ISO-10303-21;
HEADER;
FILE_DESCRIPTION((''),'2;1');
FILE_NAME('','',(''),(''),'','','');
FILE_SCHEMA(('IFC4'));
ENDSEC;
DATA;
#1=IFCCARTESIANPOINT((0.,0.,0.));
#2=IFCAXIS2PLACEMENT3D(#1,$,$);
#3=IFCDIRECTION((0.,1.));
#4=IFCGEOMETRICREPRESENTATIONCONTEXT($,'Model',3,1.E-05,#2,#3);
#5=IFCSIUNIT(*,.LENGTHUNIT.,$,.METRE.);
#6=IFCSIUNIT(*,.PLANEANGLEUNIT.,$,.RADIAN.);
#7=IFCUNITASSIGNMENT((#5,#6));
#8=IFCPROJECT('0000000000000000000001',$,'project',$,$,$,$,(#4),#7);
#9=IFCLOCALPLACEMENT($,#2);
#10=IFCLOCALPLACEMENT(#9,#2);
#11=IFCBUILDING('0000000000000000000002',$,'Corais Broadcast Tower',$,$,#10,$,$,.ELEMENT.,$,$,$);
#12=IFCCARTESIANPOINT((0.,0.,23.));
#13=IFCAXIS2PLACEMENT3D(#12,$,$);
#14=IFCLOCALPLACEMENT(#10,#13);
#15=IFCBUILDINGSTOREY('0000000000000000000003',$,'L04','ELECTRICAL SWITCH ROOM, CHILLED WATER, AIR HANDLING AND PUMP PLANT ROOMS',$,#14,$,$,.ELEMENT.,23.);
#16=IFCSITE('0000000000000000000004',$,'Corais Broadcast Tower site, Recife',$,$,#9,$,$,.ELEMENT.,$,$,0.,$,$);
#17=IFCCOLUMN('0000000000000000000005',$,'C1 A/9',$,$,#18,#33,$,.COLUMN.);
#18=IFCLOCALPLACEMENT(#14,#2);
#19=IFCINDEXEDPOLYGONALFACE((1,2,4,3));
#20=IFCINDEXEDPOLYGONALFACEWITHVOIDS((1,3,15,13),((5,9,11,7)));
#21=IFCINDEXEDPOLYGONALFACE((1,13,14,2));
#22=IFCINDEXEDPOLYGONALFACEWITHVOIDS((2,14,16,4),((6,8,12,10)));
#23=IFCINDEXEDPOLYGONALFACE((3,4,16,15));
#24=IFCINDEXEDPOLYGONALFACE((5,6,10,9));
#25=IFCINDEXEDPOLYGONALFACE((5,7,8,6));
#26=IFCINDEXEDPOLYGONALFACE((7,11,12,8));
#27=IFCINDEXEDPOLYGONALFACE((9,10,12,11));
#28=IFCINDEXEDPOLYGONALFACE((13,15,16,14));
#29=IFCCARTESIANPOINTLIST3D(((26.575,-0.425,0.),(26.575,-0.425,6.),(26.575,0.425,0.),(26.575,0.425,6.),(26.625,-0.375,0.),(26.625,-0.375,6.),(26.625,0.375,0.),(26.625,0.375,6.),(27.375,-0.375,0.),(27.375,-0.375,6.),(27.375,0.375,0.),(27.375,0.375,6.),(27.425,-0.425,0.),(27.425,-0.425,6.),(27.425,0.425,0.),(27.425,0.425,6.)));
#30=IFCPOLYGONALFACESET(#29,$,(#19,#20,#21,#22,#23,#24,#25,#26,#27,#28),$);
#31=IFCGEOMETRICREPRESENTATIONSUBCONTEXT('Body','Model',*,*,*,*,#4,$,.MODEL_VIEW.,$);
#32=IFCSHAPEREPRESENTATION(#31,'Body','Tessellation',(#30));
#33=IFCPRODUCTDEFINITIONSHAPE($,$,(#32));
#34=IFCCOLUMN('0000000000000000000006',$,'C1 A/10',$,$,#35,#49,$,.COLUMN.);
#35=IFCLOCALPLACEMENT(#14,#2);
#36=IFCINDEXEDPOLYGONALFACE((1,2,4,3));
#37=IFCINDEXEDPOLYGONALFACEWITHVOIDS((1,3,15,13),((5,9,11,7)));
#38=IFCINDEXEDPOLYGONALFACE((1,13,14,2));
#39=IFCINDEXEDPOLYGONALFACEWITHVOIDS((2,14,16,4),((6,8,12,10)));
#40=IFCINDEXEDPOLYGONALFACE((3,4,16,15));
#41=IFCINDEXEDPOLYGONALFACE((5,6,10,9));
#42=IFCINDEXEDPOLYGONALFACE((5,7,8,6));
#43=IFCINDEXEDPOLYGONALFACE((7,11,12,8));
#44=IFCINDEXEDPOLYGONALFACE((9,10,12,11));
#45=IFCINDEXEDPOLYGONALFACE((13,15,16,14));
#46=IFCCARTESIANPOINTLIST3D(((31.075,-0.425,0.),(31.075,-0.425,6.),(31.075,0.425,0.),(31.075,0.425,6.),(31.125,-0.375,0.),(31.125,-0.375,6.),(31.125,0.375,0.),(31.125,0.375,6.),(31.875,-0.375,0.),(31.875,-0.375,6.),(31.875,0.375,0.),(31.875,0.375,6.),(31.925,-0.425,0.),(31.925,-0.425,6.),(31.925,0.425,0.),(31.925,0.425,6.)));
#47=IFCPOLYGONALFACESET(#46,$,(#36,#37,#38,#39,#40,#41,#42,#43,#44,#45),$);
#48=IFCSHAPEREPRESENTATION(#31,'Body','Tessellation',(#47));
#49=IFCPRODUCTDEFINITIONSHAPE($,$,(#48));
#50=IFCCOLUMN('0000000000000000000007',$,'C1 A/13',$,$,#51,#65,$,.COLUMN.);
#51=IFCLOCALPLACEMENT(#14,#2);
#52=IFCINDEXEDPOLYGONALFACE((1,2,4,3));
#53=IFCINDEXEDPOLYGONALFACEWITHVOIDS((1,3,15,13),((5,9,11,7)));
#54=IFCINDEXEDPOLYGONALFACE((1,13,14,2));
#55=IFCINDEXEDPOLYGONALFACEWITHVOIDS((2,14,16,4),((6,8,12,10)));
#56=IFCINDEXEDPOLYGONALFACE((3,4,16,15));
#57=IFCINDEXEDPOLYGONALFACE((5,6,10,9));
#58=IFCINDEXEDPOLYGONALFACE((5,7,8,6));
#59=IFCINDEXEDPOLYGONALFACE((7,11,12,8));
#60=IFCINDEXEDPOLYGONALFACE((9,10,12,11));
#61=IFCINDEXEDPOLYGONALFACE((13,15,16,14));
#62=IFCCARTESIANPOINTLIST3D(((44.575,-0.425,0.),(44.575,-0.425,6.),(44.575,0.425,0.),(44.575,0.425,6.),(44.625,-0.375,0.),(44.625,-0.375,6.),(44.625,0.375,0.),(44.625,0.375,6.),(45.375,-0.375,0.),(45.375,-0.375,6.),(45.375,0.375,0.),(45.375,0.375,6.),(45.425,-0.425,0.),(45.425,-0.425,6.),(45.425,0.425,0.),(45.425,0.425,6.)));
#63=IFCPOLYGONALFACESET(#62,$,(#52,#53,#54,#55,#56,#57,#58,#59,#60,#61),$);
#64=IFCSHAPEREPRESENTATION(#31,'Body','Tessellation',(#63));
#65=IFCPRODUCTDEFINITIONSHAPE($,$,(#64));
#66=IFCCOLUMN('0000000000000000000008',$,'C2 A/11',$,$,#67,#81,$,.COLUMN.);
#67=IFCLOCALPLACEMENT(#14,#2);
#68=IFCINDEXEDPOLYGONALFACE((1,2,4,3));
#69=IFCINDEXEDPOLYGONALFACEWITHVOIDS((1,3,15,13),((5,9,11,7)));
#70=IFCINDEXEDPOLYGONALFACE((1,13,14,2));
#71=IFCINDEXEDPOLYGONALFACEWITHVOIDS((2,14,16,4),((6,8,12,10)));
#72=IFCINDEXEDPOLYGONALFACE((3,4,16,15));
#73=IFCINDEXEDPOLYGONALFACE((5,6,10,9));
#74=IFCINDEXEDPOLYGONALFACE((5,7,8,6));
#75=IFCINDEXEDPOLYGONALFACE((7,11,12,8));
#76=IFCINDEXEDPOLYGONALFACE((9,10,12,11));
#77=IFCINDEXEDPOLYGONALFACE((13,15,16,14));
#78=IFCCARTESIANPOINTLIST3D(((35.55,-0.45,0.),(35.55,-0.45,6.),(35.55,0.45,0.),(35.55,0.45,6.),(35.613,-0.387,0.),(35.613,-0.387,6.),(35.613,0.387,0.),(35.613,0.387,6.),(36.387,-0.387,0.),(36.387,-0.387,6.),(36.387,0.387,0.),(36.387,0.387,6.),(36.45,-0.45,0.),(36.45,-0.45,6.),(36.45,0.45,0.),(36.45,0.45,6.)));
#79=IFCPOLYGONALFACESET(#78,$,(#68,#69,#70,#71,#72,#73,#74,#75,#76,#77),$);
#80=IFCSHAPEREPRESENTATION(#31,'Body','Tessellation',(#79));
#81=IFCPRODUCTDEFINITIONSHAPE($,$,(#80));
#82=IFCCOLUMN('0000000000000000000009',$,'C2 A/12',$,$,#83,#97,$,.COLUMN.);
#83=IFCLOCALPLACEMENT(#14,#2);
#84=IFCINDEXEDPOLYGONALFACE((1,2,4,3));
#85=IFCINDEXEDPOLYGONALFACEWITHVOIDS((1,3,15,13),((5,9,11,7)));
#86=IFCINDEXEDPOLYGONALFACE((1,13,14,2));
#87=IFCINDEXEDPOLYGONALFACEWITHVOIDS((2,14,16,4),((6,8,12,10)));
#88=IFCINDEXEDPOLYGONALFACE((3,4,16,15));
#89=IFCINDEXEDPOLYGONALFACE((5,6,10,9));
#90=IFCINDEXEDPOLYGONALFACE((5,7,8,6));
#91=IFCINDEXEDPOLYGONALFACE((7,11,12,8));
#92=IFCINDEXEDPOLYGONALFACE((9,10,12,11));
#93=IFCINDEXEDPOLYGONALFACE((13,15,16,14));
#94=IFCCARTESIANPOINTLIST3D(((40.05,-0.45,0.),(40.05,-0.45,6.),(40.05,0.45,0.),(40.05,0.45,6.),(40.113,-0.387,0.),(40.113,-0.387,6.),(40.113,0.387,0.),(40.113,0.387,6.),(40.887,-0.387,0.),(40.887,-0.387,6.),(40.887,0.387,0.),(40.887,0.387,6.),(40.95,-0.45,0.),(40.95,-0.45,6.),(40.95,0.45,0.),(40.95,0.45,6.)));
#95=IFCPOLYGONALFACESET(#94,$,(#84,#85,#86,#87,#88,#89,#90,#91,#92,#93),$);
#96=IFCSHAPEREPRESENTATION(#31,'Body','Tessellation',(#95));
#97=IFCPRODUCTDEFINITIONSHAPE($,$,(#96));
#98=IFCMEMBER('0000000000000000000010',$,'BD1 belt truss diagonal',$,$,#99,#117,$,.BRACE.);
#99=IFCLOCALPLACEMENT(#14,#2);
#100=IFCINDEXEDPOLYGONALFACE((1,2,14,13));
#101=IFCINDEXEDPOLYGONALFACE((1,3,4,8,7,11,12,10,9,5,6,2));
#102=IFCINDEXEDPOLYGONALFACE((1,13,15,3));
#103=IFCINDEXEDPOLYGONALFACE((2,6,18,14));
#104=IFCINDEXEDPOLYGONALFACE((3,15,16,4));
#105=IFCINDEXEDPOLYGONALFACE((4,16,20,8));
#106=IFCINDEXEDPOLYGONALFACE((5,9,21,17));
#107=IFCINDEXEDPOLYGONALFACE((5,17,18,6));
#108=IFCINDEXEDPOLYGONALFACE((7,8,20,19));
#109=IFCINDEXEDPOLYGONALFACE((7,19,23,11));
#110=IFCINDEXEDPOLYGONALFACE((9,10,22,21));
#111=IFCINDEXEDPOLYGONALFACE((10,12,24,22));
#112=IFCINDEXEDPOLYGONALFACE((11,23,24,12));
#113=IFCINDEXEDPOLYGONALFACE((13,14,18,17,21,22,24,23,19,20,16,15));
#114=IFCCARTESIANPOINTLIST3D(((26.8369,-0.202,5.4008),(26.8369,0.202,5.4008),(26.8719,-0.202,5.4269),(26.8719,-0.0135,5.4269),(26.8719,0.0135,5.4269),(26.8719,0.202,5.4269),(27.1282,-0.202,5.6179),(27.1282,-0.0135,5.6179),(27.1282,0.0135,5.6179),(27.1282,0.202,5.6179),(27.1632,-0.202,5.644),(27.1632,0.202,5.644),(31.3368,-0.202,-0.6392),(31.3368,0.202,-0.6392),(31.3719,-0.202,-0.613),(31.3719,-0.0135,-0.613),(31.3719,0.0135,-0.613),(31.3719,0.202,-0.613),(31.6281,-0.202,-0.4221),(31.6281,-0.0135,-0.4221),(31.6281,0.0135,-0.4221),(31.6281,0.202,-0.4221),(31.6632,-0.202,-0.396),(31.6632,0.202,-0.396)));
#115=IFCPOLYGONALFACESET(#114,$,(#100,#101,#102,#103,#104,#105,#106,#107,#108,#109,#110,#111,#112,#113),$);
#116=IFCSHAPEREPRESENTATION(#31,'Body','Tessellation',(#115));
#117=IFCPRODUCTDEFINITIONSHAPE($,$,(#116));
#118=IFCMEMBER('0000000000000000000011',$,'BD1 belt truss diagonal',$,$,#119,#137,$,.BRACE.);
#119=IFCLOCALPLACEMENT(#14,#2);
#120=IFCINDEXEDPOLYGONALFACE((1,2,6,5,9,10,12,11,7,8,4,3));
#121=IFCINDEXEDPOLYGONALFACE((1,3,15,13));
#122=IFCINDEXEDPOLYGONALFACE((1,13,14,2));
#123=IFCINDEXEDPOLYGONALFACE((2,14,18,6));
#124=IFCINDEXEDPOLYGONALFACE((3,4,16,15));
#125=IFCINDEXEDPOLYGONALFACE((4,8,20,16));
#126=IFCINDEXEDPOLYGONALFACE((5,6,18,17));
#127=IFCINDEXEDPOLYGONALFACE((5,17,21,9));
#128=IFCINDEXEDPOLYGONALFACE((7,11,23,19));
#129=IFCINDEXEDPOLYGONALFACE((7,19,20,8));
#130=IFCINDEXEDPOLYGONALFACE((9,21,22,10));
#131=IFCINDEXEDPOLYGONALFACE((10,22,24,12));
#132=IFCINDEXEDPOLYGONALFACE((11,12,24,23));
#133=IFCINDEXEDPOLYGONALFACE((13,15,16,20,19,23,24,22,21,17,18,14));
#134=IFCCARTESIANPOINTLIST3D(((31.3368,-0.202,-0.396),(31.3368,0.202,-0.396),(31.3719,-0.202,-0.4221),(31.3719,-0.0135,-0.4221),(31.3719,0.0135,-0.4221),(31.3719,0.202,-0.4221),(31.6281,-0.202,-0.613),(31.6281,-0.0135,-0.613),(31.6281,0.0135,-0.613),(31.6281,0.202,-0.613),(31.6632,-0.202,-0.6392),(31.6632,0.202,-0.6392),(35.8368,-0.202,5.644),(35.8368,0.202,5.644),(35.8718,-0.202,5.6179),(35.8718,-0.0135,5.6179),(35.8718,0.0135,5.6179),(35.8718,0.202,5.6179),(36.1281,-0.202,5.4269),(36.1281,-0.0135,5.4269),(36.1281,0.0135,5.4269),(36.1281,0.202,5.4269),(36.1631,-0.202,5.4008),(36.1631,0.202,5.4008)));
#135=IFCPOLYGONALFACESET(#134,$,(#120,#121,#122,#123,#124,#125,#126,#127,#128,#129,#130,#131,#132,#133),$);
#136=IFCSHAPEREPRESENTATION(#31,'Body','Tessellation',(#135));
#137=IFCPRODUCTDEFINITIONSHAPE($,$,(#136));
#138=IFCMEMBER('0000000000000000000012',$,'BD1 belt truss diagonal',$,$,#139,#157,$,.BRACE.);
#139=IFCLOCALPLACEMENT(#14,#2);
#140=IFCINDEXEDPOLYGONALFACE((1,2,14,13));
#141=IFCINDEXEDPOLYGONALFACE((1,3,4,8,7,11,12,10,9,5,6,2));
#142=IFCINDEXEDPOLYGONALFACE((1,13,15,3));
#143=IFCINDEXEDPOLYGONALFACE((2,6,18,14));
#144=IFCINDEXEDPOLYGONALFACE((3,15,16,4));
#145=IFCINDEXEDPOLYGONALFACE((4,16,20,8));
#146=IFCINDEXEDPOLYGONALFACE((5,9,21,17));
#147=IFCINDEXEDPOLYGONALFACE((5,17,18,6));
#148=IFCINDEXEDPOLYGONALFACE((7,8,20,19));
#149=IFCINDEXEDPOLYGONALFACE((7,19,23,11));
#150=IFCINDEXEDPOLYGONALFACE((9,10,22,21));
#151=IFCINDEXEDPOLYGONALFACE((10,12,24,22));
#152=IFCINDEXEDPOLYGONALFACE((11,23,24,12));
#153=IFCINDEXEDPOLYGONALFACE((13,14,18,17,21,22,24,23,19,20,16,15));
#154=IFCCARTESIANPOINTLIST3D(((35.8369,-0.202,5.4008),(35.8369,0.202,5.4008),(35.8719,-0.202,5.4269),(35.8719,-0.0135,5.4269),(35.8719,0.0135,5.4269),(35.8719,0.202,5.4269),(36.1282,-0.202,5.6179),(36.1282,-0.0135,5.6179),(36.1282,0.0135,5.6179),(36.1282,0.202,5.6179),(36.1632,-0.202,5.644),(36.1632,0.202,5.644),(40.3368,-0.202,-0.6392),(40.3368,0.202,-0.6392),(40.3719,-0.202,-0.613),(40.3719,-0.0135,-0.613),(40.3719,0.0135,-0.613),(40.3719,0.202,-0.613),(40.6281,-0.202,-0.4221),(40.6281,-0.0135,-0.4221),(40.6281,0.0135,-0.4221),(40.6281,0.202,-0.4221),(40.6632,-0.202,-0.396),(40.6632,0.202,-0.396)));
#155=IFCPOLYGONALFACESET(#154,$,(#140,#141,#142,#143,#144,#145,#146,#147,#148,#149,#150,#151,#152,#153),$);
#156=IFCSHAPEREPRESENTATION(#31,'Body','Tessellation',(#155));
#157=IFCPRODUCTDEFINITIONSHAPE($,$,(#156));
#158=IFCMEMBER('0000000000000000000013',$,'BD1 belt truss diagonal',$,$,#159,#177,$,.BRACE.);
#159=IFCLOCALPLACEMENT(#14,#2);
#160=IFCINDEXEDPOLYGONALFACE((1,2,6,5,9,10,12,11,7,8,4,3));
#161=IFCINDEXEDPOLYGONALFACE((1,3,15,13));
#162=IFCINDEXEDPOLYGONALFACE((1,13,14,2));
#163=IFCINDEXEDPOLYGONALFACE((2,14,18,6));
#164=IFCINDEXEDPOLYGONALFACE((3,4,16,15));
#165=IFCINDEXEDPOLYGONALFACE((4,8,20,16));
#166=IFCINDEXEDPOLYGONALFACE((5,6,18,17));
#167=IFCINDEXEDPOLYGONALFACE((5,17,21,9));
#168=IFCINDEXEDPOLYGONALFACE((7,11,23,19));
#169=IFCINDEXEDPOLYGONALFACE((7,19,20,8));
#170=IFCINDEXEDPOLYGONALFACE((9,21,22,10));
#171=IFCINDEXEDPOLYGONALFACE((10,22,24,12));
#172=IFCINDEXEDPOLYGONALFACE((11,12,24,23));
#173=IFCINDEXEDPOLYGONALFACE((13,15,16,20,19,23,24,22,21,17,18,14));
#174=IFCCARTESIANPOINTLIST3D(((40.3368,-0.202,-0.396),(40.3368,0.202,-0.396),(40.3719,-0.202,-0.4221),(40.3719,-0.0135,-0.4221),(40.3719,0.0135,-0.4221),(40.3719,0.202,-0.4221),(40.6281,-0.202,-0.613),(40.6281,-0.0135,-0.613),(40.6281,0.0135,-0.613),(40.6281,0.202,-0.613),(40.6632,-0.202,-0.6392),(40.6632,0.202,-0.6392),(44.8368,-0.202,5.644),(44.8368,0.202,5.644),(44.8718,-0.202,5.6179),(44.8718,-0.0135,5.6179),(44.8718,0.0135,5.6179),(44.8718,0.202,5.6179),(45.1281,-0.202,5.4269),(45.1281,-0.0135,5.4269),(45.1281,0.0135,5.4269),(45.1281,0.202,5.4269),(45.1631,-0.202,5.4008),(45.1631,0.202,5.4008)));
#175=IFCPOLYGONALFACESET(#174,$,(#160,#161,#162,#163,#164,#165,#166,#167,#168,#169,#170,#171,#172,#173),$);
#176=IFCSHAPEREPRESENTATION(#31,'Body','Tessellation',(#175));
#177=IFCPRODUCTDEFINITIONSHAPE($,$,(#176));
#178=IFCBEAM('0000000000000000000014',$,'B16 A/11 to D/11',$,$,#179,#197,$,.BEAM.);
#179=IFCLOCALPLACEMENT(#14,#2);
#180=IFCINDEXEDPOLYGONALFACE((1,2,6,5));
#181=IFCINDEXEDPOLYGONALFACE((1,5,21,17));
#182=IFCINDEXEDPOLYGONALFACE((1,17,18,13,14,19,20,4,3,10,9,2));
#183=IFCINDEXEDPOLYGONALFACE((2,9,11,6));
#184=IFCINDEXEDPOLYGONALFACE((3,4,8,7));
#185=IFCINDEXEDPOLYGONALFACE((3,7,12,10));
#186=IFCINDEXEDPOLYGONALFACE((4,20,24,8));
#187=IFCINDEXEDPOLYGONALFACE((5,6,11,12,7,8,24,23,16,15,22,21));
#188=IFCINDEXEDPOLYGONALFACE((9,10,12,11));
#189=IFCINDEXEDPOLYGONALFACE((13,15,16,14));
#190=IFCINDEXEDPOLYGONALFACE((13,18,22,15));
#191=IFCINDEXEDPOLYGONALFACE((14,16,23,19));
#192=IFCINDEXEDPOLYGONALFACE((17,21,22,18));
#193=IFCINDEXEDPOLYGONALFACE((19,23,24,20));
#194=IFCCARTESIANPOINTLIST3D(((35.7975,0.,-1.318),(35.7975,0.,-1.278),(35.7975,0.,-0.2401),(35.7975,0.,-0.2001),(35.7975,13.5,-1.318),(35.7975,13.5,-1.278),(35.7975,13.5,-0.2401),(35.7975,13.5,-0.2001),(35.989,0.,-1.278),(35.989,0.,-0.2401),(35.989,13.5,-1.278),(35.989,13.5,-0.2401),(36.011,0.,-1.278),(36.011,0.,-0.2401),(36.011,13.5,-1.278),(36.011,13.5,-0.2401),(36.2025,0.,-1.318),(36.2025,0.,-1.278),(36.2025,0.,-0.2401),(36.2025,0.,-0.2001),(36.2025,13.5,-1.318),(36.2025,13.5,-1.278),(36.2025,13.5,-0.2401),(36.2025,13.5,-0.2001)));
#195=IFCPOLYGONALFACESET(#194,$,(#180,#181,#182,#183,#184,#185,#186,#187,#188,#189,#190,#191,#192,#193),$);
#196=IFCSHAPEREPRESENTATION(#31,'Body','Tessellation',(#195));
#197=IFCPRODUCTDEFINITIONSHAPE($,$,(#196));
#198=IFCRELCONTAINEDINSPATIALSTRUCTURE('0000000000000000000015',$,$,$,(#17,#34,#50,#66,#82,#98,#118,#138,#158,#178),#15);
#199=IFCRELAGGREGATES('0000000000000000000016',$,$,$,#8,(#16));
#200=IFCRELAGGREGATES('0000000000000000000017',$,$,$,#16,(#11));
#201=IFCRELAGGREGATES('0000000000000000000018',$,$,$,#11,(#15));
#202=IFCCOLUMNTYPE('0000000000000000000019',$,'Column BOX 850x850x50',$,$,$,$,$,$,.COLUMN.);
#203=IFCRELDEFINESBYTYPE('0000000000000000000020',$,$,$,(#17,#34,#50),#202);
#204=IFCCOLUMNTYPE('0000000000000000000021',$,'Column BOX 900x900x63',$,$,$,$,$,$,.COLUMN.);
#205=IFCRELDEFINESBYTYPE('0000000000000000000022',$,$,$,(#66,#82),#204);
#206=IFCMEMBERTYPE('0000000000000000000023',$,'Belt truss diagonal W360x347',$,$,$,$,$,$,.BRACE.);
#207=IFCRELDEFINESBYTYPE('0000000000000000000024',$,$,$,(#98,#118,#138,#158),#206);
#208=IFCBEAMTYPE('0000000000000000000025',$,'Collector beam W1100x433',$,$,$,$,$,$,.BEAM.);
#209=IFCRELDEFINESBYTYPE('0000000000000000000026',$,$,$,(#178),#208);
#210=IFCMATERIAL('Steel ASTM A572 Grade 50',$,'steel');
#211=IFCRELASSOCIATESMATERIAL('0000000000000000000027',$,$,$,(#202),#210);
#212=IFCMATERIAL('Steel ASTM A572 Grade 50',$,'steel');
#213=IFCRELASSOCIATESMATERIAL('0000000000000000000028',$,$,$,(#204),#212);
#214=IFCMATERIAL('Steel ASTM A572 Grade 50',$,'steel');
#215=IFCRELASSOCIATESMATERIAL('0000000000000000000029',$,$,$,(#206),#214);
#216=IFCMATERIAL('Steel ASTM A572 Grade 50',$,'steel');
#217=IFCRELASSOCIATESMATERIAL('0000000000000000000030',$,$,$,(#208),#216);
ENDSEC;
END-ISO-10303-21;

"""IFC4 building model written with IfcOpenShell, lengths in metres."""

from ifc_helpers import new_model, si_unit, direction, frame, origin, origin_2d, place, context, subcontext, project, spatial, hollow_rectangle, i_section, extrude, material, material_profile, profile_set, type_object, element, save


model = new_model("IFC4")

# Units and contexts
model_context = context("Model", 3, precision=1e-05, world=origin(), true_north=direction((0.0, 1.0)))
body_context = subcontext(model_context, "Body", "Model", "MODEL_VIEW")
ifc_project = project(units=[si_unit("LENGTHUNIT", "METRE"), si_unit("PLANEANGLEUNIT", "RADIAN")], contexts=[model_context])

# Site, building, storey
site_placement = place(None, origin())
site = spatial("IfcSite", under=ifc_project, at=site_placement, Name="Corais Broadcast Tower site, Recife", CompositionType="ELEMENT", RefElevation=0.0)
building_placement = place(site_placement, origin())
building = spatial("IfcBuilding", under=site, at=building_placement, Name="Corais Broadcast Tower", CompositionType="ELEMENT")
storey_placement = place(building_placement, frame((0.0, 0.0, 23.0)))
storey = spatial("IfcBuildingStorey", under=building, at=storey_placement, Name="L04", Description="ELECTRICAL SWITCH ROOM, CHILLED WATER, AIR HANDLING AND PUMP PLANT ROOMS", CompositionType="ELEMENT", Elevation=23.0)

# Columns
ifc_material_1 = material(Name="Steel ASTM A572 Grade 50", Category="steel")
ifc_material_profile_1 = material_profile(ifc_material_1, hollow_rectangle(XDim=0.8501, YDim=0.8501, WallThickness=0.05, at=origin_2d()), Name="BOX 850x850x50")
ifc_profile_set_1 = profile_set([ifc_material_profile_1], Name="Steel ASTM A572 Grade 50")
column_type_1 = type_object("IfcColumnType", Name="Column BOX 850x850x50", PredefinedType="COLUMN", material=ifc_profile_set_1)
for number, where, z_axis, x_axis, name in (
    (1, (27.0, 0.0, 0.0), (0.0, 0.0, 1.0), (1.0, 0.0, 0.0), "C1 A/9"),
    (2, (31.5, 0.0, 0.0), (0.0, 0.0, 1.0), (1.0, 0.0, 0.0), "C1 A/10"),
    (3, (45.0, 0.0, 0.0), (0.0, 0.0, 1.0), (1.0, 0.0, 0.0), "C1 A/13"),
):
    element("IfcColumn", number, at=place(storey_placement, frame(where, z_axis=z_axis, x_axis=x_axis)), inside=storey, type_object=column_type_1, Name=name, PredefinedType="COLUMN", context=body_context, shape_type="SweptSolid", body=[
        extrude(hollow_rectangle(XDim=0.8501, YDim=0.8501, WallThickness=0.05, at=origin_2d()), origin(), (0.0, 0.0, 1.0), 6.0),
    ])
ifc_material_2 = material(Name="Steel ASTM A572 Grade 50", Category="steel")
ifc_material_profile_2 = material_profile(ifc_material_2, hollow_rectangle(XDim=0.8999, YDim=0.8999, WallThickness=0.063, at=origin_2d()), Name="BOX 900x900x63")
ifc_profile_set_2 = profile_set([ifc_material_profile_2], Name="Steel ASTM A572 Grade 50")
column_type_2 = type_object("IfcColumnType", Name="Column BOX 900x900x63", PredefinedType="COLUMN", material=ifc_profile_set_2)
for number, where, z_axis, x_axis, name in (
    (4, (36.0, 0.0, 0.0), (0.0, 0.0, 1.0), (1.0, 0.0, 0.0), "C2 A/11"),
    (5, (40.5, 0.0, 0.0), (0.0, 0.0, 1.0), (1.0, 0.0, 0.0), "C2 A/12"),
):
    element("IfcColumn", number, at=place(storey_placement, frame(where, z_axis=z_axis, x_axis=x_axis)), inside=storey, type_object=column_type_2, Name=name, PredefinedType="COLUMN", context=body_context, shape_type="SweptSolid", body=[
        extrude(hollow_rectangle(XDim=0.8999, YDim=0.8999, WallThickness=0.063, at=origin_2d()), origin(), (0.0, 0.0, 1.0), 6.0),
    ])

# Members
ifc_material_3 = material(Name="Steel ASTM A572 Grade 50", Category="steel")
ifc_material_profile_3 = material_profile(ifc_material_3, i_section(OverallWidth=0.4041, OverallDepth=0.407, WebThickness=0.0271, FlangeThickness=0.0437, at=origin_2d()), Name="W360x347")
ifc_profile_set_3 = profile_set([ifc_material_profile_3], Name="Steel ASTM A572 Grade 50")
member_type = type_object("IfcMemberType", Name="Belt truss diagonal W360x347", PredefinedType="BRACE", material=ifc_profile_set_3)
for number, where, z_axis, x_axis, name in (
    (6, (31.5, 0.0, -0.5176), (-0.597445, 0.0, 0.80191), (0.0, -1.0, 0.0), "BD1 belt truss diagonal"),
    (7, (31.5, 0.0, -0.5176), (0.597445, 0.0, 0.80191), (0.0, 1.0, 0.0), "BD1 belt truss diagonal"),
    (8, (40.5, 0.0, -0.5176), (-0.597445, 0.0, 0.80191), (0.0, -1.0, 0.0), "BD1 belt truss diagonal"),
    (9, (40.5, 0.0, -0.5176), (0.597445, 0.0, 0.80191), (0.0, 1.0, 0.0), "BD1 belt truss diagonal"),
):
    element("IfcMember", number, at=place(storey_placement, frame(where, z_axis=z_axis, x_axis=x_axis)), inside=storey, type_object=member_type, Name=name, PredefinedType="BRACE", context=body_context, shape_type="SweptSolid", body=[
        extrude(i_section(OverallWidth=0.4041, OverallDepth=0.407, WebThickness=0.0271, FlangeThickness=0.0437, at=origin_2d()), origin(), (0.0, 0.0, 1.0), 7.532),
    ])

# Beam
ifc_material_4 = material(Name="Steel ASTM A572 Grade 50", Category="steel")
ifc_material_profile_4 = material_profile(ifc_material_4, i_section(OverallWidth=0.405, OverallDepth=1.1179, WebThickness=0.022, FlangeThickness=0.04, at=origin_2d()), Name="W1100x433")
ifc_profile_set_4 = profile_set([ifc_material_profile_4], Name="Steel ASTM A572 Grade 50")
beam_type_1 = type_object("IfcBeamType", Name="Collector beam W1100x433", PredefinedType="BEAM", material=ifc_profile_set_4)
for number, where, z_axis, x_axis, name in (
    (10, (36.0, 0.0, -0.759), (0.0, 1.0, 0.0), (-1.0, 0.0, 0.0), "B16 A/11 to D/11"),
):
    element("IfcBeam", number, at=place(storey_placement, frame(where, z_axis=z_axis, x_axis=x_axis)), inside=storey, type_object=beam_type_1, Name=name, PredefinedType="BEAM", context=body_context, shape_type="SweptSolid", body=[
        extrude(i_section(OverallWidth=0.405, OverallDepth=1.1179, WebThickness=0.022, FlangeThickness=0.04, at=origin_2d()), origin(), (0.0, 0.0, 1.0), 13.5),
    ])

save(model, "model.ifc")
